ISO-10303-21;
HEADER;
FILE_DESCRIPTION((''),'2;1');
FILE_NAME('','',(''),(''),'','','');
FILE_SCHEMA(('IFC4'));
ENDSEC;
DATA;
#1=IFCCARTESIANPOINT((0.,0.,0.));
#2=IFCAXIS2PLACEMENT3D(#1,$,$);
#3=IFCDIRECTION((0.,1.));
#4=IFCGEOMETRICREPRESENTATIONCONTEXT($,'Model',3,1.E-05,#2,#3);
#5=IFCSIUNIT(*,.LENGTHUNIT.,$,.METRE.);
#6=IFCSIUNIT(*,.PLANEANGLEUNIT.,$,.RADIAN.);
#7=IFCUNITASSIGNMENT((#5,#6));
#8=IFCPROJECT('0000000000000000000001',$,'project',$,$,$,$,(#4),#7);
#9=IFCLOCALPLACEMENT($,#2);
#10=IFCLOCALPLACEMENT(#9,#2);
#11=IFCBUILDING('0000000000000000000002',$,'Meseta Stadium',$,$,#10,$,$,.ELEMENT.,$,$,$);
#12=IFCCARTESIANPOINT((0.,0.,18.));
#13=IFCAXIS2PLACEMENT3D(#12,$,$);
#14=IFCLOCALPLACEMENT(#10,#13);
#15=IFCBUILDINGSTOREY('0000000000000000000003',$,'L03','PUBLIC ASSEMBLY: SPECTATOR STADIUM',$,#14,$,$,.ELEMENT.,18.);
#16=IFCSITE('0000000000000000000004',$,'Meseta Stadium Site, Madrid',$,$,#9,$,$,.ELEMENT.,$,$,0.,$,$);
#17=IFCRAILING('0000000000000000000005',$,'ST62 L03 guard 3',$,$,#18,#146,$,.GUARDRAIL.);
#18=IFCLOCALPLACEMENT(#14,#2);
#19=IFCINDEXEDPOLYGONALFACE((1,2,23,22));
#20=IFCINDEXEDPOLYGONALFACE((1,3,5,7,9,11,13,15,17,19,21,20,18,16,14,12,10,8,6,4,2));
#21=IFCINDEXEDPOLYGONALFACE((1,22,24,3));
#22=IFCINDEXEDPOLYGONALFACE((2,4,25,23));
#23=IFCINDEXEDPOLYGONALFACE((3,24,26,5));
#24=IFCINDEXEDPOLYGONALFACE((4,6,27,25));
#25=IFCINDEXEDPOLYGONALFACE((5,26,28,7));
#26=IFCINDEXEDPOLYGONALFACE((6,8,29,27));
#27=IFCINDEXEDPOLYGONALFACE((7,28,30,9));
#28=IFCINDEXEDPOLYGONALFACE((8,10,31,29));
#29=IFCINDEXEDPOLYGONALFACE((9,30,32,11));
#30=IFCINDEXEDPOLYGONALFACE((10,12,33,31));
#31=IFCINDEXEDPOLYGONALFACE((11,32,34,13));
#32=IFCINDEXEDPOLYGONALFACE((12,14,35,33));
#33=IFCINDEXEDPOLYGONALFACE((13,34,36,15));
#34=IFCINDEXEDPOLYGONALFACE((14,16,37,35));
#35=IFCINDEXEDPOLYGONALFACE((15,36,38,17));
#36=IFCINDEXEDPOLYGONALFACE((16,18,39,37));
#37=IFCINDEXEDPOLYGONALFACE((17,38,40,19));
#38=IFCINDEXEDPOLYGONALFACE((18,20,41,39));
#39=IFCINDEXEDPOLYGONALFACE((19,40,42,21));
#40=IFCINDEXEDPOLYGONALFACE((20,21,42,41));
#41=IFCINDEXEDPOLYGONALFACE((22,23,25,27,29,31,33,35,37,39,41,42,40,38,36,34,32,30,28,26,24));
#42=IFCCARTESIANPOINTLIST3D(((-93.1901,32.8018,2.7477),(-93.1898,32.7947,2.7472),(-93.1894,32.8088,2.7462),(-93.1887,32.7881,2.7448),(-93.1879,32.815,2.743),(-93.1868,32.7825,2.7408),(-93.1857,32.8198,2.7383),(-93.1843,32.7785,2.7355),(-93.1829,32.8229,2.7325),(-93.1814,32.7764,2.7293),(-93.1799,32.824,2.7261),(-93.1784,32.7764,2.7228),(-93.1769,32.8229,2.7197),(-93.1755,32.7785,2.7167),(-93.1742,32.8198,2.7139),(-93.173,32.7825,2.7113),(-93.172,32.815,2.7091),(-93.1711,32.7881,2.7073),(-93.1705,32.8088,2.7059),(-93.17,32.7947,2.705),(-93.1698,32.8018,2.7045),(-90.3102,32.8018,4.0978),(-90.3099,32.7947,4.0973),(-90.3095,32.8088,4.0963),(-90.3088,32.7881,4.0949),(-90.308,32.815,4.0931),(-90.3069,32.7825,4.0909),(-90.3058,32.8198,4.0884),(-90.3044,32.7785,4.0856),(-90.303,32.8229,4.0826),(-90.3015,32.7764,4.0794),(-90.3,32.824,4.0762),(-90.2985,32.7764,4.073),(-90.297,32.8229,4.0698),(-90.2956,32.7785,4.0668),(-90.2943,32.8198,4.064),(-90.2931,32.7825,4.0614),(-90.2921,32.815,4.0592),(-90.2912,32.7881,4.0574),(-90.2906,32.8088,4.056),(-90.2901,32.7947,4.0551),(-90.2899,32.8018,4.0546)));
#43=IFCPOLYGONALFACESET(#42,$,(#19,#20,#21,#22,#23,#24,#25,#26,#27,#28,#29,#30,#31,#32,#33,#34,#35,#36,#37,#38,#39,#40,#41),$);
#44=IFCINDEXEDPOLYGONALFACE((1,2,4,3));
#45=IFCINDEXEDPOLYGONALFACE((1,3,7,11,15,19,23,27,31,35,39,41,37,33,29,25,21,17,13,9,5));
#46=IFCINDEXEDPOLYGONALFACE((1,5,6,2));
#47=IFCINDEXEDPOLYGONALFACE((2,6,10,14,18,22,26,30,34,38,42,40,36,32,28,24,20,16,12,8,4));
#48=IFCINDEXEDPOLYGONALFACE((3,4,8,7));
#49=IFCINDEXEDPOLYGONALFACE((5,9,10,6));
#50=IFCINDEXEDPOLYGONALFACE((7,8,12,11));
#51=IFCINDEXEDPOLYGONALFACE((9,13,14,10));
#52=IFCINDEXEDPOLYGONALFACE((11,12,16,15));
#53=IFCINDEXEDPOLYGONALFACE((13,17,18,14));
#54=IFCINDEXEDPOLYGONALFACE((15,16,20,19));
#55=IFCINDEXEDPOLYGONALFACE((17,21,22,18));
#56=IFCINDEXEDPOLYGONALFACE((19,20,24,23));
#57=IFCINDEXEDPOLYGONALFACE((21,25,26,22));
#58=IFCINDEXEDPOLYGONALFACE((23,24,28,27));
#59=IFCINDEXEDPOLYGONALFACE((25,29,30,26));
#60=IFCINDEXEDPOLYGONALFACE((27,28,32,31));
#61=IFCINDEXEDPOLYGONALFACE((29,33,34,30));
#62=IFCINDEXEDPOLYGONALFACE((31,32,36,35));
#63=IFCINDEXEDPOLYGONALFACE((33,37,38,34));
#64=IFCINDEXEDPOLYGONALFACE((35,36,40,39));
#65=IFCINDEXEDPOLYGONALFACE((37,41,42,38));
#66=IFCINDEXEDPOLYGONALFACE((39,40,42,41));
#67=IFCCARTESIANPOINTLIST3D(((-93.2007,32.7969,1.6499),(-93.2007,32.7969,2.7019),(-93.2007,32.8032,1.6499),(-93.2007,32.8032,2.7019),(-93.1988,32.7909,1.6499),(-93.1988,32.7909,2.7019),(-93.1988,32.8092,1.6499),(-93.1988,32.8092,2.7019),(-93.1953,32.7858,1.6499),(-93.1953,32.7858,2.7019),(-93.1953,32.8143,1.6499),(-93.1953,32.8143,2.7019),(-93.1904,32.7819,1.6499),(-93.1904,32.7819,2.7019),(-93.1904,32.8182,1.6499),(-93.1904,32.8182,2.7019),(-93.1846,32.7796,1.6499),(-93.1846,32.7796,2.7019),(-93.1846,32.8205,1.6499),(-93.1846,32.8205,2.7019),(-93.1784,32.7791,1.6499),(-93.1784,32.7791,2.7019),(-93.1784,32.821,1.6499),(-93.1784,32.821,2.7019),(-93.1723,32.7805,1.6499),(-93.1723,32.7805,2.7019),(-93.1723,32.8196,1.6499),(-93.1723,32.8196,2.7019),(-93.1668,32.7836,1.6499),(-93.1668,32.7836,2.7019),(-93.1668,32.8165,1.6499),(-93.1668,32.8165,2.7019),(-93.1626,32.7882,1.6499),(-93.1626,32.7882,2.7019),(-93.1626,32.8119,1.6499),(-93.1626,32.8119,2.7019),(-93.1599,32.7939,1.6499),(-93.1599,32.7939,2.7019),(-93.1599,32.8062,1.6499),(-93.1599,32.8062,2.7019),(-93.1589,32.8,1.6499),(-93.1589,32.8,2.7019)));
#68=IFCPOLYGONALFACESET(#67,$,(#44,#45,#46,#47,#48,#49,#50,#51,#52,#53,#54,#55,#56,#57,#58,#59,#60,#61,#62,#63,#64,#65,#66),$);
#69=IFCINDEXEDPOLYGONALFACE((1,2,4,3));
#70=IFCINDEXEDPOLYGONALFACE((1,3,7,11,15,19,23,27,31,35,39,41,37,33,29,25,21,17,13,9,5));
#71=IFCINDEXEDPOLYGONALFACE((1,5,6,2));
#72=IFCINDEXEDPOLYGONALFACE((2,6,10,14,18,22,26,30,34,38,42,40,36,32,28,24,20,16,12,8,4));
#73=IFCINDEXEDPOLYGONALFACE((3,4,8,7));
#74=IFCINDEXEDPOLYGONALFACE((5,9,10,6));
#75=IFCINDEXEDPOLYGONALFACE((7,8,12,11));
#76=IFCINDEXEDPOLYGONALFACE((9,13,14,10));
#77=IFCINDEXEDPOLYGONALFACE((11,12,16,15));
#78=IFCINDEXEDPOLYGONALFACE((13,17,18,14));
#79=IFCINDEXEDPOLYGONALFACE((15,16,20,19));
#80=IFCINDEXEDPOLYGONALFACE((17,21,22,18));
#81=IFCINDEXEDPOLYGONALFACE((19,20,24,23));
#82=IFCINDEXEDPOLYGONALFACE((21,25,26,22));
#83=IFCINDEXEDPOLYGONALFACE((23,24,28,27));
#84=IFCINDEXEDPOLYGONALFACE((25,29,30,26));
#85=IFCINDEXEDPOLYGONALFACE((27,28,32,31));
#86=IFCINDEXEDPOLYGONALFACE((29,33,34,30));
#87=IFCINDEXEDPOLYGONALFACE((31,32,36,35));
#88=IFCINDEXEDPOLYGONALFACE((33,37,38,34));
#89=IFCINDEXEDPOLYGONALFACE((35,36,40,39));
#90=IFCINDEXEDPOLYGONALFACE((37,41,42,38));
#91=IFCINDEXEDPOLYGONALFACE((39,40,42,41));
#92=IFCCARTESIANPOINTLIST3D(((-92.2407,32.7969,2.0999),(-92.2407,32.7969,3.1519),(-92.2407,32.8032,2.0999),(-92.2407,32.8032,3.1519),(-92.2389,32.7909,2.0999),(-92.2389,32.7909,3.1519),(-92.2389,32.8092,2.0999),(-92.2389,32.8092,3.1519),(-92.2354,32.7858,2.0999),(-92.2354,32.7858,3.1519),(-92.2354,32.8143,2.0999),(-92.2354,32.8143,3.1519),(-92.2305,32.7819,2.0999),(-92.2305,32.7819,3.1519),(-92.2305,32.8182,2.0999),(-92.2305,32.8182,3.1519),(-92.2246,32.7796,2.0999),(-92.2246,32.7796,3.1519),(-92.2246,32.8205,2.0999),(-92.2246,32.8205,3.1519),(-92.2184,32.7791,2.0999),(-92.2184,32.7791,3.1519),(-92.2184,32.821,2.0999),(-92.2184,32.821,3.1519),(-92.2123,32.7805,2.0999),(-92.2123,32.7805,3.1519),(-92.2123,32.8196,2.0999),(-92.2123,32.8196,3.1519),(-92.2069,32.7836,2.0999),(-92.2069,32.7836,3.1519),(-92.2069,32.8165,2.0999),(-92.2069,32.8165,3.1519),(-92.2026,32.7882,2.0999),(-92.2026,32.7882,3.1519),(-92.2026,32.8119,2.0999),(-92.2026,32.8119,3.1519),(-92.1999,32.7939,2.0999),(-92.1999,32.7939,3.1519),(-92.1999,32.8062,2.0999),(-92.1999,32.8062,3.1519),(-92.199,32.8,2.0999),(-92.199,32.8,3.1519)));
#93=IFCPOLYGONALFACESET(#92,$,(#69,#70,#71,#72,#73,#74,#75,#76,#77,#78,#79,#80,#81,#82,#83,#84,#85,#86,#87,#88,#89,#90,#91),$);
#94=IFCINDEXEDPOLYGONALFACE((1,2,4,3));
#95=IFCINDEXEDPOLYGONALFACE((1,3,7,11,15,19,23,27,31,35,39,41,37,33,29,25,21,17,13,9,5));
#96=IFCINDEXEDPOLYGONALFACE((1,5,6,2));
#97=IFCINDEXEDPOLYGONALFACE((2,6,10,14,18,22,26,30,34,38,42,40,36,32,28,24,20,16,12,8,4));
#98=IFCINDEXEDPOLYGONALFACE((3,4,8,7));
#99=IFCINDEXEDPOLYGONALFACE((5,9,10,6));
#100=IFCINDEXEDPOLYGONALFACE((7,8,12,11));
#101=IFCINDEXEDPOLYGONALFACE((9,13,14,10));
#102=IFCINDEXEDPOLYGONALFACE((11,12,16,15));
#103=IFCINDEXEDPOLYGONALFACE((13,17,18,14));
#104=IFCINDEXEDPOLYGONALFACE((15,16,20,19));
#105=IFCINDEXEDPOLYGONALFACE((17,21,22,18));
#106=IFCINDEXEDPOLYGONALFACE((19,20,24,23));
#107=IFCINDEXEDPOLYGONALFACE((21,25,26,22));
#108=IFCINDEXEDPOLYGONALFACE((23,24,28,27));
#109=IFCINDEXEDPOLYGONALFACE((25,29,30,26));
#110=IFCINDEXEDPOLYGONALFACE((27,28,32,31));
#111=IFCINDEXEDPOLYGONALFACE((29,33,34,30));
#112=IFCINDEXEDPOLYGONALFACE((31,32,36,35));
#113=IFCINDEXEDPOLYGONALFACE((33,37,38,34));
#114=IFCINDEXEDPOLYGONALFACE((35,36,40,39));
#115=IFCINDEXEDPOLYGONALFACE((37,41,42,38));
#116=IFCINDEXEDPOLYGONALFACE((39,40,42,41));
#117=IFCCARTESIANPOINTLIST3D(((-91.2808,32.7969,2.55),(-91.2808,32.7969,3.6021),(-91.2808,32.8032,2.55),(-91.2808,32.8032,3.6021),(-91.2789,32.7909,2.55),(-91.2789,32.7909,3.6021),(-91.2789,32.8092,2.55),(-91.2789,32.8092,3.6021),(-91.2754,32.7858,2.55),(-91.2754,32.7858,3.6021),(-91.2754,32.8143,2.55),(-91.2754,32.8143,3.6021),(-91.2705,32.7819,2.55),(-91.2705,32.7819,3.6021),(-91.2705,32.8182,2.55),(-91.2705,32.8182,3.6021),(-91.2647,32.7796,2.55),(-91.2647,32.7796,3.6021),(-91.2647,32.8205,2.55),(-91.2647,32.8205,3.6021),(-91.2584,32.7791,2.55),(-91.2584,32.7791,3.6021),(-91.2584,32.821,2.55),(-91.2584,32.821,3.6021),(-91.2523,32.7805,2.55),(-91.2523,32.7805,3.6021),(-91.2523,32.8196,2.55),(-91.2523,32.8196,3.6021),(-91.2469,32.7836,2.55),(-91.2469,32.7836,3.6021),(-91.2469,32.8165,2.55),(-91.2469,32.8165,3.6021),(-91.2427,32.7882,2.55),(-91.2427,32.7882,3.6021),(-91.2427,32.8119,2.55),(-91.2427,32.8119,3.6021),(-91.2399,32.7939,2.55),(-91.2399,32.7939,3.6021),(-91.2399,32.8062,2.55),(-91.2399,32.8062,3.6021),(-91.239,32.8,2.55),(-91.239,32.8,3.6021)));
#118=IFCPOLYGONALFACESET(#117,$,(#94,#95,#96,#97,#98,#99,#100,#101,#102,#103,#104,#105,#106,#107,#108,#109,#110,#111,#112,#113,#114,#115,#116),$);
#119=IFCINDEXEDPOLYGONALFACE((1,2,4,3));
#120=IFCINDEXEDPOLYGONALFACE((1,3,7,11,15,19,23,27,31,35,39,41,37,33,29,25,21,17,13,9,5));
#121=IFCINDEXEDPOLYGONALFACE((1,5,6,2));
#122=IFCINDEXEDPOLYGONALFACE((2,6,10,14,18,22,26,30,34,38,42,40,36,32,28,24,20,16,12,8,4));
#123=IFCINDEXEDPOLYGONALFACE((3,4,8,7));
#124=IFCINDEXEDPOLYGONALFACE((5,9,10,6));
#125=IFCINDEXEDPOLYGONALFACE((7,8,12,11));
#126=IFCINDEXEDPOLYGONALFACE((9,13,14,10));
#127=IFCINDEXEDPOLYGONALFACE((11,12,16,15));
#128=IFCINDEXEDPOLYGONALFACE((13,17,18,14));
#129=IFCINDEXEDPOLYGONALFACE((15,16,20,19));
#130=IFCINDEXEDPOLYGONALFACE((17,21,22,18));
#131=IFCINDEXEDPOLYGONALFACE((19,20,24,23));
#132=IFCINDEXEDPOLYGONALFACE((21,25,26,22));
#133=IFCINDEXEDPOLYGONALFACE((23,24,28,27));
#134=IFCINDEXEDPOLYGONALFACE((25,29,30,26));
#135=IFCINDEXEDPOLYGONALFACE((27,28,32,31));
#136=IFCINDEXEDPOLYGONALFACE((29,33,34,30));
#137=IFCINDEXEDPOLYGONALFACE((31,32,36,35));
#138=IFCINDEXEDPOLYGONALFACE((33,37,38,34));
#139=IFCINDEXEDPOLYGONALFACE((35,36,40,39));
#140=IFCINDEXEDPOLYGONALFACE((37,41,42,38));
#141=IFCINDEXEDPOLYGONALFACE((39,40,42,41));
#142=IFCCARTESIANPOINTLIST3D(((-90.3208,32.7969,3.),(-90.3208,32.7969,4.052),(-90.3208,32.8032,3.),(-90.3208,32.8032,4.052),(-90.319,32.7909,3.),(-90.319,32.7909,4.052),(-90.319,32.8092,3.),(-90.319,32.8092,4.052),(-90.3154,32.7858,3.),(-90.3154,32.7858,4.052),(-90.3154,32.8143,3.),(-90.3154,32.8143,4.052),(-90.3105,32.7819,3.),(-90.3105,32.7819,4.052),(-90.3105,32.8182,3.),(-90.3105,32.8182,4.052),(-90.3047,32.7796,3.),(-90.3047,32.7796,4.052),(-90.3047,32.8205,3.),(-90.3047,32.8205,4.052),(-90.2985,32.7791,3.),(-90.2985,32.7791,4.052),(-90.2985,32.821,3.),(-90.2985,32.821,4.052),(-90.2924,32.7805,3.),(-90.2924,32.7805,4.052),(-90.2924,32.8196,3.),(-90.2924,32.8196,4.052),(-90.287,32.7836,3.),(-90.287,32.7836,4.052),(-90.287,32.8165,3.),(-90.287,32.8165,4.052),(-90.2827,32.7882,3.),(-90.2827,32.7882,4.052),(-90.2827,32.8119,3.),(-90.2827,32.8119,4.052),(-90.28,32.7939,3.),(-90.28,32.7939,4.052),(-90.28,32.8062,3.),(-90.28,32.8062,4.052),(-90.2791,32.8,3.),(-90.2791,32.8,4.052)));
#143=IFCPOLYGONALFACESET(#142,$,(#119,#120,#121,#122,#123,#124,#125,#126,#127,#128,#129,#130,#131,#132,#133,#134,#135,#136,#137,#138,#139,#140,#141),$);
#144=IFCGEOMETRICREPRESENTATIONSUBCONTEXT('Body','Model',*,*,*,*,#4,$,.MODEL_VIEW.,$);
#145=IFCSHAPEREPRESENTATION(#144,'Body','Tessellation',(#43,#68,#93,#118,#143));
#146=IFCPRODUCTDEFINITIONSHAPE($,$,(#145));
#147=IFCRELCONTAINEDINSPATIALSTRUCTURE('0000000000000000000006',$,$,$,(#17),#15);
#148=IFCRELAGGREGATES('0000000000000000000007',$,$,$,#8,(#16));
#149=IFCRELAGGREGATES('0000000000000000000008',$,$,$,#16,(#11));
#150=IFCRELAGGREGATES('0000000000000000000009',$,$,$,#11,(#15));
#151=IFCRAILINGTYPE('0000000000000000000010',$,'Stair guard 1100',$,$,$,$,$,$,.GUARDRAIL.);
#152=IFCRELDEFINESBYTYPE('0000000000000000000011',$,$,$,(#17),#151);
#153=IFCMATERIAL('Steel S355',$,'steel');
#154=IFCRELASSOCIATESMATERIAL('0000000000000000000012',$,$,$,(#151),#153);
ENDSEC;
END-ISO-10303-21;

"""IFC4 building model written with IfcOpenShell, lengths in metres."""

from ifc_helpers import new_model, si_unit, direction, frame, origin, origin_2d, place, context, subcontext, project, spatial, circle, extrude, material, type_object, element, save


model = new_model("IFC4")

# Units and contexts
model_context = context("Model", 3, precision=1e-05, world=origin(), true_north=direction((0.0, 1.0)))
body_context = subcontext(model_context, "Body", "Model", "MODEL_VIEW")
ifc_project = project(units=[si_unit("LENGTHUNIT", "METRE"), si_unit("PLANEANGLEUNIT", "RADIAN")], contexts=[model_context])

# Site, building, storey
site_placement = place(None, origin())
site = spatial("IfcSite", under=ifc_project, at=site_placement, Name="Meseta Stadium Site, Madrid", CompositionType="ELEMENT", RefElevation=0.0)
building_placement = place(site_placement, origin())
building = spatial("IfcBuilding", under=site, at=building_placement, Name="Meseta Stadium", CompositionType="ELEMENT")
storey_placement = place(building_placement, frame((0.0, 0.0, 18.0)))
storey = spatial("IfcBuildingStorey", under=building, at=storey_placement, Name="L03", Description="PUBLIC ASSEMBLY: SPECTATOR STADIUM", CompositionType="ELEMENT", Elevation=18.0)

# Railing
ifc_material_1 = material(Name="Steel S355", Category="steel")
railing_type_1 = type_object("IfcRailingType", Name="Stair guard 1100", PredefinedType="GUARDRAIL", material=ifc_material_1)
railing_1_placement = place(storey_placement, frame((-93.1799, 32.8, 1.6499)))
element("IfcRailing", 1, at=railing_1_placement, inside=storey, type_object=railing_type_1, Name="ST62 L03 guard 3", PredefinedType="GUARDRAIL", context=body_context, shape_type="SweptSolid", body=[
    extrude(circle(Radius=0.0239, at=origin_2d()), frame((0.0, 0.0, 1.0762), z_axis=(0.90544, 0.0, 0.424473), x_axis=(0.0, 1.0, 0.0)), (0.0, 0.0, 1.0), 3.1807),
    extrude(circle(Radius=0.021, at=origin_2d()), origin(), (0.0, 0.0, 1.0), 1.052),
    extrude(circle(Radius=0.021, at=origin_2d()), frame((0.96, 0.0, 0.45)), (0.0, 0.0, 1.0), 1.052),
    extrude(circle(Radius=0.021, at=origin_2d()), frame((1.9199, 0.0, 0.9001)), (0.0, 0.0, 1.0), 1.052),
    extrude(circle(Radius=0.021, at=origin_2d()), frame((2.8799, 0.0, 1.3501)), (0.0, 0.0, 1.0), 1.052),
])

save(model, "model.ifc")
